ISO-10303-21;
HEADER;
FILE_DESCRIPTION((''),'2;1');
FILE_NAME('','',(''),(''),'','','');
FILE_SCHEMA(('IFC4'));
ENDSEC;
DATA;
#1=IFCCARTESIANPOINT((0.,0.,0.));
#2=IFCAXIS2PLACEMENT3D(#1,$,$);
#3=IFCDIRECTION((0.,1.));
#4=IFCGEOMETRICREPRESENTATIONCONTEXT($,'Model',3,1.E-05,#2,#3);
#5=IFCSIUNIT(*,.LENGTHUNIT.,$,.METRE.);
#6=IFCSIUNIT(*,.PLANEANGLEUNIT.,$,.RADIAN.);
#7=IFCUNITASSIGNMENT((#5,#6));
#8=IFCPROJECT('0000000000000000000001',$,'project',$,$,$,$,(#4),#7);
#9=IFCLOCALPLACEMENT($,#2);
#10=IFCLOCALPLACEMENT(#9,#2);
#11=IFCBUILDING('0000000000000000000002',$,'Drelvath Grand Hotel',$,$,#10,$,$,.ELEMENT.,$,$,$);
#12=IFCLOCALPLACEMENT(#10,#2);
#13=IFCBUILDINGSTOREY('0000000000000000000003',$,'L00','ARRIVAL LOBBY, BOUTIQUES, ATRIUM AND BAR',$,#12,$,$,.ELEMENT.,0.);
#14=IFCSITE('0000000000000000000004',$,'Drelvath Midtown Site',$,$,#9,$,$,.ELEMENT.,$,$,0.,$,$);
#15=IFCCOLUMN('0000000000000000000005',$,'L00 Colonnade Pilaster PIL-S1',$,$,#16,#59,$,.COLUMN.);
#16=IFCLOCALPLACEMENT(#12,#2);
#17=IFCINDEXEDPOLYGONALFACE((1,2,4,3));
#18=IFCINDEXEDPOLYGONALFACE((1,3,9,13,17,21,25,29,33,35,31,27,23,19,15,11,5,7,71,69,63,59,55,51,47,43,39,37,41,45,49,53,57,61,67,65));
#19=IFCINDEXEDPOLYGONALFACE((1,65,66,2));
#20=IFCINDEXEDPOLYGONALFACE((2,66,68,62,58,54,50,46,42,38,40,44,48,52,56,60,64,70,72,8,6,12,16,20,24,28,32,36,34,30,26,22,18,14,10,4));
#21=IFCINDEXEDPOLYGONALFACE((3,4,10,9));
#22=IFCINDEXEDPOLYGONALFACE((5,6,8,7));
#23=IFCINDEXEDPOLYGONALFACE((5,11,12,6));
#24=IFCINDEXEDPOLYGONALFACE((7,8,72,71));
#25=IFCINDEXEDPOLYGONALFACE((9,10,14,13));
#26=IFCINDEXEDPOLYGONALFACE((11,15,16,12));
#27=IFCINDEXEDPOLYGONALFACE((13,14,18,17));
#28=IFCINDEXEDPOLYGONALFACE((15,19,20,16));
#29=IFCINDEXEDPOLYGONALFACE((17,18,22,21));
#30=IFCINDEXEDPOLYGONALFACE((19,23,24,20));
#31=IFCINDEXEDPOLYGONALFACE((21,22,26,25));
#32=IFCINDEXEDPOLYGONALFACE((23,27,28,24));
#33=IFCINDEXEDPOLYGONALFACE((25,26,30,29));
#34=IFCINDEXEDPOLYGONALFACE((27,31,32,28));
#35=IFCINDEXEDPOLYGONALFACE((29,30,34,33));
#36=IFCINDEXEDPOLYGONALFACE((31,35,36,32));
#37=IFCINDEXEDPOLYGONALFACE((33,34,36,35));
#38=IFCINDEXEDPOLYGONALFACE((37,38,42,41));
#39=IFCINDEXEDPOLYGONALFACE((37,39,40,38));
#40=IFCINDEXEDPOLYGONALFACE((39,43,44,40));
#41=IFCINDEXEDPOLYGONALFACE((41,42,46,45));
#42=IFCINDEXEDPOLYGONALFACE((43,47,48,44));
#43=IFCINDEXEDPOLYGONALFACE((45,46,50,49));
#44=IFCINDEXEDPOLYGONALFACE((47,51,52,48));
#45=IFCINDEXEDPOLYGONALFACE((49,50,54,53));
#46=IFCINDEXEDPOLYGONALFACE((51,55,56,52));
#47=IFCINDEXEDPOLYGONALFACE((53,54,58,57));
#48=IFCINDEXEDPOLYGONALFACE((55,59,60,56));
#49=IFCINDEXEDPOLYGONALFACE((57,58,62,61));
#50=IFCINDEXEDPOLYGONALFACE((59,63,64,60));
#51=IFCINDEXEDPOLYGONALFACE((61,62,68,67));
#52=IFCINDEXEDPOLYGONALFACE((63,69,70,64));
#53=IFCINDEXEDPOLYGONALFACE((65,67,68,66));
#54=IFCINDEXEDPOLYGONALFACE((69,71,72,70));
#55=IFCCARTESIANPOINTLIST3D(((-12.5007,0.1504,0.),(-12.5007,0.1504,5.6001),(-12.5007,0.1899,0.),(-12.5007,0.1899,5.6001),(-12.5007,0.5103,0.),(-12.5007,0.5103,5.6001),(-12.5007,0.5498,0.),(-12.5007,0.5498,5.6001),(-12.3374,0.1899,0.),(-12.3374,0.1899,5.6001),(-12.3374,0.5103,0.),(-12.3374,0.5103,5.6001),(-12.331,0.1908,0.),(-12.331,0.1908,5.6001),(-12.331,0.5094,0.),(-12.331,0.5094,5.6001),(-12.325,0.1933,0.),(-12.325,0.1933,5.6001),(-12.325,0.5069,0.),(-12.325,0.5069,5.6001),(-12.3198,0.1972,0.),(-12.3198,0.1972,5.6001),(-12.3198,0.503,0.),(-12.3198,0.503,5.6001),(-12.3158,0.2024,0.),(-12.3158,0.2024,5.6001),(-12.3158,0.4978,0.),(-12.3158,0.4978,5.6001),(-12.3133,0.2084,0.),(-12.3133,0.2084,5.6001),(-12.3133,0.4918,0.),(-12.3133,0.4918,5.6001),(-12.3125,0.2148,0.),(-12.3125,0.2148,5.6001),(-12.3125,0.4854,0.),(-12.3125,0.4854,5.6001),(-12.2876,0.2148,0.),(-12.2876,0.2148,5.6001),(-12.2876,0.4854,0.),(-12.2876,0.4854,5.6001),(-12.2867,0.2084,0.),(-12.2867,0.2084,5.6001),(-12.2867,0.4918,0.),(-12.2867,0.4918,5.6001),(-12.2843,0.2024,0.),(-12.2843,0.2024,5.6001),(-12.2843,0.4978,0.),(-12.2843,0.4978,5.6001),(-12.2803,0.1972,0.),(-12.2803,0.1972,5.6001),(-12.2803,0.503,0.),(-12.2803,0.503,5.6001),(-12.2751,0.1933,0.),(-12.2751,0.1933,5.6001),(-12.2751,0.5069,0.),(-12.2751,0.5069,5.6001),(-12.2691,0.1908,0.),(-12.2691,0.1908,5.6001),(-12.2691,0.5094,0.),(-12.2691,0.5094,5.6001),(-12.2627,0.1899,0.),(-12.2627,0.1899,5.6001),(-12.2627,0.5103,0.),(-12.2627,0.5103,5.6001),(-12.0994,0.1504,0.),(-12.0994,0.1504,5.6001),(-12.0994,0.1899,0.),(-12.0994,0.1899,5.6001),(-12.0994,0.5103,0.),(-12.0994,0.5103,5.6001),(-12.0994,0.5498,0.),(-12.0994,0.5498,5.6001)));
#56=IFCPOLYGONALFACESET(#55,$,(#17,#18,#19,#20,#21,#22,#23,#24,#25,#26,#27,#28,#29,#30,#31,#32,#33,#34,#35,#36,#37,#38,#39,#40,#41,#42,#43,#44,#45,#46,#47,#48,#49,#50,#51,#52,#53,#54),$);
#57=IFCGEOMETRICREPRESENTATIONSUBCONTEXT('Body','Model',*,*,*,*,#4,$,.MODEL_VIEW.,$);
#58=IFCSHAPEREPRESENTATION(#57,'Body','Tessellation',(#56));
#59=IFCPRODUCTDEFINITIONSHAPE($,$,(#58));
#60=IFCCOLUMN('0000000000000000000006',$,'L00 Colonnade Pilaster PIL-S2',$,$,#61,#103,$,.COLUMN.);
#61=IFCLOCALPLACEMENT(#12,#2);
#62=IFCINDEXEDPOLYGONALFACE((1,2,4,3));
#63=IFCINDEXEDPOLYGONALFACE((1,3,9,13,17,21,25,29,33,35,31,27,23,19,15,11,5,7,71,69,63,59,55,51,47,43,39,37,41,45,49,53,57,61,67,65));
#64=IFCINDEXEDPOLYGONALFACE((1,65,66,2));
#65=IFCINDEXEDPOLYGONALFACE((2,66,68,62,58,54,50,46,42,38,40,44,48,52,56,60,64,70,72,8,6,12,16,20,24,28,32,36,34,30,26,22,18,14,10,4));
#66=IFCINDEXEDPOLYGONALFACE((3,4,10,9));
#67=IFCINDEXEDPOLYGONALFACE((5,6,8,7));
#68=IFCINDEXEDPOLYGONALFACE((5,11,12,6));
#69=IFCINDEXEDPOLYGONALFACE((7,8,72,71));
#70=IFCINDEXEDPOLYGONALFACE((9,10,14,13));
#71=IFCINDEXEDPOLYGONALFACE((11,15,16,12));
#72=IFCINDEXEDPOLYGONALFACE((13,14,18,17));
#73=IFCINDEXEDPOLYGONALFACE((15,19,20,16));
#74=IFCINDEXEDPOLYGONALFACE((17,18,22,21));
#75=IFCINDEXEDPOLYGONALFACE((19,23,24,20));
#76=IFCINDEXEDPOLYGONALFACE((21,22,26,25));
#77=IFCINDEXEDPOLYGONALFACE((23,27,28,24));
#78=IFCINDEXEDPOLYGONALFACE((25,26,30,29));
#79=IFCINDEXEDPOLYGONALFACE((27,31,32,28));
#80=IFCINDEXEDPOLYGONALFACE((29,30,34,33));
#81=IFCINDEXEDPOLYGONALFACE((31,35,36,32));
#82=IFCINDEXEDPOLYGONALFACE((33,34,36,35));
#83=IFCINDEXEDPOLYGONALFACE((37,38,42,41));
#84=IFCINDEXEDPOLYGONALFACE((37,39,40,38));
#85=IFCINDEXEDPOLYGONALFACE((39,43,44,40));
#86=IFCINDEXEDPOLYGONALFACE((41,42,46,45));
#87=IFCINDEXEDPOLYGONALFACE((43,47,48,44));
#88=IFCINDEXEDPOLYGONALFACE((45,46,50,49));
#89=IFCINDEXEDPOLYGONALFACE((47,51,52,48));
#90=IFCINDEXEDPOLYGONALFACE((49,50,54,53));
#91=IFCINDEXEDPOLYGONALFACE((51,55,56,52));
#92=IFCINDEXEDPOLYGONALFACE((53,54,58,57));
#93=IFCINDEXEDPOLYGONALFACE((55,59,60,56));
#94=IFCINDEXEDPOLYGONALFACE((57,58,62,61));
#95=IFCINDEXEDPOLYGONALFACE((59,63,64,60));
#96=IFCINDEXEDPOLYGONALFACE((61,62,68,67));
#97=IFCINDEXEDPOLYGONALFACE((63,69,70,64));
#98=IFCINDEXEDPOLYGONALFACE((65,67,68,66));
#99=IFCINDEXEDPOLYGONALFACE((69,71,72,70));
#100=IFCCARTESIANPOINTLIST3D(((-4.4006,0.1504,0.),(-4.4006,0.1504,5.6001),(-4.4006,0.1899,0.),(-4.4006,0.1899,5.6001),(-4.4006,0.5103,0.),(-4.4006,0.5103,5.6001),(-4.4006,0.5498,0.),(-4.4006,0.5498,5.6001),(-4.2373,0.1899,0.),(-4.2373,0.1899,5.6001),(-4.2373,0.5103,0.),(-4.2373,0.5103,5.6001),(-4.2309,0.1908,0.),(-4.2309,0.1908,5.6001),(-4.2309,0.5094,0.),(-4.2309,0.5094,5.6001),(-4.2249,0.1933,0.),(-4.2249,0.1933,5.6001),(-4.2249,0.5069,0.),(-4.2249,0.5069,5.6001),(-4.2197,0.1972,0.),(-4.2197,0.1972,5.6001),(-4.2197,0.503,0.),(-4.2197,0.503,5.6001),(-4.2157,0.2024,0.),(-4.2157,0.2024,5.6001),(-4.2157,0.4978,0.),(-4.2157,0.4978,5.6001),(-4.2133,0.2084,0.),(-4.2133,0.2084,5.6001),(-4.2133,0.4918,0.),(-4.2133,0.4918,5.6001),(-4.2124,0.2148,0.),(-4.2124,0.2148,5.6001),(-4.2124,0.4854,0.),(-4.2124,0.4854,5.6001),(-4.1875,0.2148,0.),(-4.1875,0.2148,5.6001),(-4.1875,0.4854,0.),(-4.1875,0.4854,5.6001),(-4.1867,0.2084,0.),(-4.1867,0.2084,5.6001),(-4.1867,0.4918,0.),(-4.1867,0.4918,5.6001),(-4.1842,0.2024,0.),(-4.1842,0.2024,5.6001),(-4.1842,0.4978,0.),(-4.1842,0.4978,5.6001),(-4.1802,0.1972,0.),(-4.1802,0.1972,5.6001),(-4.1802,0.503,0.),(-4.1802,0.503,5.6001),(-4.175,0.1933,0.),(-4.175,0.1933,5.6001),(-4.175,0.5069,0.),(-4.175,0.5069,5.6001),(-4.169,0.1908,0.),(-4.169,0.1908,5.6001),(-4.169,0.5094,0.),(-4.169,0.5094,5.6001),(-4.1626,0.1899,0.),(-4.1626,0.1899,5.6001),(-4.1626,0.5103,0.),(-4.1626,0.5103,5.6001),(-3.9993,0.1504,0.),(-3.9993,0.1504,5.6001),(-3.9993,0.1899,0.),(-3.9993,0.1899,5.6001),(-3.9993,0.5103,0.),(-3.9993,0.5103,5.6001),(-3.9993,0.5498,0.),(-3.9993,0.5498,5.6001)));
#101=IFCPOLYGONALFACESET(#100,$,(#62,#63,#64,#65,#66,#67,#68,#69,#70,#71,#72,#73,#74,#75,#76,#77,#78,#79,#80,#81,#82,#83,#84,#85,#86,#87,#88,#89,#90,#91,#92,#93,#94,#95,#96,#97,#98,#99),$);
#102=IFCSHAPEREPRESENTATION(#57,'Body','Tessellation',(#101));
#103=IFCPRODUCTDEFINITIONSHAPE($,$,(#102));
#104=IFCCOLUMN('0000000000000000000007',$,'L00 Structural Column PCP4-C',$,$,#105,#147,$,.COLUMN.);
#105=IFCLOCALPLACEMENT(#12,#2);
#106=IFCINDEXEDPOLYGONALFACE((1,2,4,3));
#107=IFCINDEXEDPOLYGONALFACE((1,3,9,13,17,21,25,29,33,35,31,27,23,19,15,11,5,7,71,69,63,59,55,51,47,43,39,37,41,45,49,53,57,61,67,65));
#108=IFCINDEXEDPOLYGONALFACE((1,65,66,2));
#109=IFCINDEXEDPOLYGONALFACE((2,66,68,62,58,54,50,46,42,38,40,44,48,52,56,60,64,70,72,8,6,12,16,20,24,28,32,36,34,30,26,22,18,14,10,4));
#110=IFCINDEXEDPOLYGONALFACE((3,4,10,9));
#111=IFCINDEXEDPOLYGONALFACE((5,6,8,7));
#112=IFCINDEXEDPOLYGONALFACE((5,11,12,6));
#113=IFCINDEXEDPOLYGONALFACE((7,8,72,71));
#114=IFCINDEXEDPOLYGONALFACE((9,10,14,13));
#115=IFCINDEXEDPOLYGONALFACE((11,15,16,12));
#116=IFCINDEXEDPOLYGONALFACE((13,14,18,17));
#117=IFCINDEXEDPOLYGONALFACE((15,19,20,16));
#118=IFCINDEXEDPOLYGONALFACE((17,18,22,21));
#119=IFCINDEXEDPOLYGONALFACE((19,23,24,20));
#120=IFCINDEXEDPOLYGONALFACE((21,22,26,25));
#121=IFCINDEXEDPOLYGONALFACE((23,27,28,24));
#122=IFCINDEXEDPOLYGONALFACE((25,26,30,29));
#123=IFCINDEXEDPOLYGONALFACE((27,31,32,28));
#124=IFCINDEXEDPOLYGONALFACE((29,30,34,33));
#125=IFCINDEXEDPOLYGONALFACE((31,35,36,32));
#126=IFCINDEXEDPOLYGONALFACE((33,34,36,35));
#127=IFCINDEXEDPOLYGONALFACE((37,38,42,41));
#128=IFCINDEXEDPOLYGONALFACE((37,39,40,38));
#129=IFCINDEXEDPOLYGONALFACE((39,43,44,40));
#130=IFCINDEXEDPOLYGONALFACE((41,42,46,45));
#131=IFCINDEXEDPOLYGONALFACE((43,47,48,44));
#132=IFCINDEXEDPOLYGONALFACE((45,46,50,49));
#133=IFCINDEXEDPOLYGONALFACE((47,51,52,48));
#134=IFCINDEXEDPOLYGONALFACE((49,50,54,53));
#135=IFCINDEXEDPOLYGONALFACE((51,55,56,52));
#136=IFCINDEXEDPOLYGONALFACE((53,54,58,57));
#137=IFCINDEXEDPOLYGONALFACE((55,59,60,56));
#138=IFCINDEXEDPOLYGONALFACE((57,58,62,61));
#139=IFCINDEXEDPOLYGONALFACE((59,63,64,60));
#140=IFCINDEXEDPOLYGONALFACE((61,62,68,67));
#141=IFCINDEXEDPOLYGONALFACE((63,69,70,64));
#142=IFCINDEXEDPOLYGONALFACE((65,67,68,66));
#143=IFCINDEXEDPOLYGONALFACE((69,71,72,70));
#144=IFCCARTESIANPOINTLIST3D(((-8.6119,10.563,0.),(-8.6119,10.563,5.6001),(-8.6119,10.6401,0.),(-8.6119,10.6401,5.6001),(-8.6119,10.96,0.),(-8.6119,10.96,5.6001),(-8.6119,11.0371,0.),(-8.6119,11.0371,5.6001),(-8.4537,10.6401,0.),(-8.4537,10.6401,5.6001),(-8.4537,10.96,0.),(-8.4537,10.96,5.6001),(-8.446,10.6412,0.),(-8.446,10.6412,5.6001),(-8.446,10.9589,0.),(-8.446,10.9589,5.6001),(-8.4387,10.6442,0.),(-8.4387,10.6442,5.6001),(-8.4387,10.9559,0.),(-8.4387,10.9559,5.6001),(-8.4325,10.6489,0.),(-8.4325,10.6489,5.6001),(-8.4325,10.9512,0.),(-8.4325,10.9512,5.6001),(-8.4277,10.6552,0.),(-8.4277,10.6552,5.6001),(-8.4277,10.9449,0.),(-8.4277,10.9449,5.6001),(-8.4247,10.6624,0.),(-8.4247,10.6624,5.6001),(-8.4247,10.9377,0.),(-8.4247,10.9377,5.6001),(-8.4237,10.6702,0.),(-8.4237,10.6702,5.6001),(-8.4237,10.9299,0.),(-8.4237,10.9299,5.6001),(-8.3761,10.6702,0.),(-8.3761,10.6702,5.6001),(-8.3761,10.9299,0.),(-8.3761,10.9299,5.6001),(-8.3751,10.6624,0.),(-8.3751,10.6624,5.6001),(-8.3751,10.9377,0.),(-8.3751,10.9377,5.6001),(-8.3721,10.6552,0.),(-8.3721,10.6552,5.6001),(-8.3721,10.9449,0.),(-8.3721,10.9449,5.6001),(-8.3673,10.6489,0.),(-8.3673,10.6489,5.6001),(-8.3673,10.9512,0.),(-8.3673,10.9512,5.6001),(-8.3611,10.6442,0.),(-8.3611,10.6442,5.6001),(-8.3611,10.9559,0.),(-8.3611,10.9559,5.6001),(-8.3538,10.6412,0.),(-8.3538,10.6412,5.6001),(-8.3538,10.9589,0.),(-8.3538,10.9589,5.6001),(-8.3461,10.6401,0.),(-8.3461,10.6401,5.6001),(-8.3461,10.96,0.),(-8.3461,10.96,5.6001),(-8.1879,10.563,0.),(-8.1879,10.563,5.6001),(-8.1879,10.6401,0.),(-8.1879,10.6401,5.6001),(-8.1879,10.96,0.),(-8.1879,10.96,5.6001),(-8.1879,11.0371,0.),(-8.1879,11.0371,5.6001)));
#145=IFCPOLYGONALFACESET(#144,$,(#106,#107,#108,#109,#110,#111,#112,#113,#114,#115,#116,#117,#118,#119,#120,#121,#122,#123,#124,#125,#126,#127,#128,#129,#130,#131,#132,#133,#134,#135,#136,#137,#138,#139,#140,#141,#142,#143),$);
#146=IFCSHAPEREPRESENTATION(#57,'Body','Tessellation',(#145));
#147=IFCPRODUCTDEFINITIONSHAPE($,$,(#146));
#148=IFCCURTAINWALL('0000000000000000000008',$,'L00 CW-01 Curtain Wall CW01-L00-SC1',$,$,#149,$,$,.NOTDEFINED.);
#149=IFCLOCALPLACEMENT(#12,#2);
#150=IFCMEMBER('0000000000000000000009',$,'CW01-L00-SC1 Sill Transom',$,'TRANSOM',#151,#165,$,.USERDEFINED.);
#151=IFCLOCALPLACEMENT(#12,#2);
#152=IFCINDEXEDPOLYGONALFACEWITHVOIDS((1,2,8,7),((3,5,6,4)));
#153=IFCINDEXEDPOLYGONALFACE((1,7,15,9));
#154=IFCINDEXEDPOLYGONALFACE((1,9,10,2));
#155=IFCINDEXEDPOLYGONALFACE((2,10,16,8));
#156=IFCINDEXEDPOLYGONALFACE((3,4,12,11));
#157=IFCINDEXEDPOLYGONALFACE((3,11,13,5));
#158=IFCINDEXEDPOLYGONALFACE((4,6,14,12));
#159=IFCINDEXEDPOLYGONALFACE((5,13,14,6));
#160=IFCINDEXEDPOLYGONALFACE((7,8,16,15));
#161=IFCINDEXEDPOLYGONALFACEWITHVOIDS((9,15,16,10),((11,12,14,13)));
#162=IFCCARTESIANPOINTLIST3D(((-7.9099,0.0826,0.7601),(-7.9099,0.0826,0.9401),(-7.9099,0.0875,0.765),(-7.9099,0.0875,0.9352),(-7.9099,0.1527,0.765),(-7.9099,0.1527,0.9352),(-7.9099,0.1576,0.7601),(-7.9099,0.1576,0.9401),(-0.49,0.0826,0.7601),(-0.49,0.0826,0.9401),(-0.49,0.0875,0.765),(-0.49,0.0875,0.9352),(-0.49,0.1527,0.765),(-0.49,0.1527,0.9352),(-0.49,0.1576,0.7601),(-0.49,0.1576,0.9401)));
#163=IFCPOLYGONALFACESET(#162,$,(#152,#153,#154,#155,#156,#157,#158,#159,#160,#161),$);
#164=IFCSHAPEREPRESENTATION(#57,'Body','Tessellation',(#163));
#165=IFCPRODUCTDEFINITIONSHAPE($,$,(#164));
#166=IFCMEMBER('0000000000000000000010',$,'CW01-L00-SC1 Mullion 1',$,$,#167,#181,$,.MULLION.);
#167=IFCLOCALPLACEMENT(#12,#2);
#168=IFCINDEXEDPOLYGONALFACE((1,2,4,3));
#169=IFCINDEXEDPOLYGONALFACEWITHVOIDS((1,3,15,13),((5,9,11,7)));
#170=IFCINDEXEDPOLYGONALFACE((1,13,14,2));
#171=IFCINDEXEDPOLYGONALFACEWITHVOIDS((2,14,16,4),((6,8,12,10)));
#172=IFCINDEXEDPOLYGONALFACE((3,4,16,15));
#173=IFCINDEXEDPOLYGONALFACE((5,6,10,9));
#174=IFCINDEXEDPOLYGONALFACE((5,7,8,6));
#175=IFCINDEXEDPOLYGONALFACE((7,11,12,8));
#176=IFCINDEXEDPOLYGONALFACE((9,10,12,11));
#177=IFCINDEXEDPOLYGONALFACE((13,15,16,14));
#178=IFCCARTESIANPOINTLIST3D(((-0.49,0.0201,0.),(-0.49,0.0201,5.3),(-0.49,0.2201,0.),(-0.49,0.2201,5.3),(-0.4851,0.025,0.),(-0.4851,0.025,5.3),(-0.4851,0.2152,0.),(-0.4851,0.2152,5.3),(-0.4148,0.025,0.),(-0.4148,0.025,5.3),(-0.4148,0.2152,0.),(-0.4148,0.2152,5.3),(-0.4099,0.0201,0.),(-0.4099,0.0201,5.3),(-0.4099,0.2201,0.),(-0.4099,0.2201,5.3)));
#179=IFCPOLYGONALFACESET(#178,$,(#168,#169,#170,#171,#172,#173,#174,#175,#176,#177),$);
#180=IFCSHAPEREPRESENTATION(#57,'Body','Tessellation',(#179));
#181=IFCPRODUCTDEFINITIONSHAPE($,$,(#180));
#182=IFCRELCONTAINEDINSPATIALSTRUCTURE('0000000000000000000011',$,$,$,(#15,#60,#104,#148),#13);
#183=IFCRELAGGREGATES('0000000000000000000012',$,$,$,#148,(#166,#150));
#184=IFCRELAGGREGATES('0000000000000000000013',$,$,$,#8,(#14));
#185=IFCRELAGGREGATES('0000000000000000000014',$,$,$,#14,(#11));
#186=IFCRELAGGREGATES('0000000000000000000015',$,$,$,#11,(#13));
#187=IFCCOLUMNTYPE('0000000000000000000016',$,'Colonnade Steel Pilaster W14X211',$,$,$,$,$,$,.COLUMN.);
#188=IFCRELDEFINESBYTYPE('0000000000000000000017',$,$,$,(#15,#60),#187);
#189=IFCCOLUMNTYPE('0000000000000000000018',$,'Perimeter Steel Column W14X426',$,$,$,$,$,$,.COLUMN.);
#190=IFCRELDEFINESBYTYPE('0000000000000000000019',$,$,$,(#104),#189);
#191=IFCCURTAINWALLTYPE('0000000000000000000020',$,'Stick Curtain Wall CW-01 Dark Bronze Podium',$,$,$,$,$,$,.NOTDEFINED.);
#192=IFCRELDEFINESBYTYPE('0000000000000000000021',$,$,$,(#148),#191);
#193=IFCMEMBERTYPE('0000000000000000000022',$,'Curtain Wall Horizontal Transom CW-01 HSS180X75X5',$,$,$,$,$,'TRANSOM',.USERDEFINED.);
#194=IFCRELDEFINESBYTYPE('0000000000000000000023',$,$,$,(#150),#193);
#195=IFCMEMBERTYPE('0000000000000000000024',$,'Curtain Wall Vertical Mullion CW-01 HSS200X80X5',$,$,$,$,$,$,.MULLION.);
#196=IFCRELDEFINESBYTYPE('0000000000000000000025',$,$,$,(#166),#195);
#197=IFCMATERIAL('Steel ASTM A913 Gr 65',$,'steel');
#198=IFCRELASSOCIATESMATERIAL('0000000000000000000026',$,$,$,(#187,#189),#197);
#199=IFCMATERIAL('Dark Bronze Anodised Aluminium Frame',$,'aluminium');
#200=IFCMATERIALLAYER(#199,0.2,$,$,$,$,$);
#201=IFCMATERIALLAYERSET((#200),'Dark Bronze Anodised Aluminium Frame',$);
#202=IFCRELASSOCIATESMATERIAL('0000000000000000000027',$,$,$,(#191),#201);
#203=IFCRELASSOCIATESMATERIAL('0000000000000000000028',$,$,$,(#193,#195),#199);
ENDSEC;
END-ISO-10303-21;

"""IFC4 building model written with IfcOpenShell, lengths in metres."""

from ifc_helpers import new_model, si_unit, direction, frame, origin, origin_2d, place, context, subcontext, project, spatial, hollow_rectangle, i_section, extrude, material, layer, layer_set, material_profile, profile_set, type_object, element, aggregate, save


model = new_model("IFC4")

# Units and contexts
model_context = context("Model", 3, precision=1e-05, world=origin(), true_north=direction((0.0, 1.0)))
body_context = subcontext(model_context, "Body", "Model", "MODEL_VIEW")
ifc_project = project(units=[si_unit("LENGTHUNIT", "METRE"), si_unit("PLANEANGLEUNIT", "RADIAN")], contexts=[model_context])

# Site, building, storey
site_placement = place(None, origin())
site = spatial("IfcSite", under=ifc_project, at=site_placement, Name="Drelvath Midtown Site", CompositionType="ELEMENT", RefElevation=0.0)
building_placement = place(site_placement, origin())
building = spatial("IfcBuilding", under=site, at=building_placement, Name="Drelvath Grand Hotel", CompositionType="ELEMENT")
storey_placement = place(building_placement, origin())
storey = spatial("IfcBuildingStorey", under=building, at=storey_placement, Name="L00", Description="ARRIVAL LOBBY, BOUTIQUES, ATRIUM AND BAR", CompositionType="ELEMENT", Elevation=0.0)

# Columns
ifc_material_1 = material(Name="Steel ASTM A913 Gr 65", Category="steel")
ifc_material_profile_1 = material_profile(ifc_material_1, i_section(OverallWidth=0.4014, OverallDepth=0.3994, WebThickness=0.0249, FlangeThickness=0.0396, FilletRadius=0.0249, at=origin_2d()), Name="W14X211")
ifc_profile_set_1 = profile_set([ifc_material_profile_1], Name="Steel ASTM A913 Gr 65")
column_type_1 = type_object("IfcColumnType", Name="Colonnade Steel Pilaster W14X211", PredefinedType="COLUMN", material=ifc_profile_set_1)
for number, where, z_axis, x_axis, name in (
    (1, (-12.3, 0.3501, 0.0), (0.0, 0.0, 1.0), (1.0, 0.0, 0.0), "L00 Colonnade Pilaster PIL-S1"),
    (2, (-4.2, 0.3501, 0.0), (0.0, 0.0, 1.0), (1.0, 0.0, 0.0), "L00 Colonnade Pilaster PIL-S2"),
):
    element("IfcColumn", number, at=place(storey_placement, frame(where, z_axis=z_axis, x_axis=x_axis)), inside=storey, type_object=column_type_1, Name=name, PredefinedType="COLUMN", context=body_context, shape_type="SweptSolid", body=[
        extrude(i_section(OverallWidth=0.4014, OverallDepth=0.3994, WebThickness=0.0249, FlangeThickness=0.0396, FilletRadius=0.0249, at=origin_2d()), origin(), (0.0, 0.0, 1.0), 5.6001),
    ])
ifc_material_profile_2 = material_profile(ifc_material_1, i_section(OverallWidth=0.4241, OverallDepth=0.4741, WebThickness=0.0476, FlangeThickness=0.0771, FilletRadius=0.03, at=origin_2d()), Name="W14X426")
ifc_profile_set_2 = profile_set([ifc_material_profile_2], Name="Steel ASTM A913 Gr 65")
column_type_2 = type_object("IfcColumnType", Name="Perimeter Steel Column W14X426", PredefinedType="COLUMN", material=ifc_profile_set_2)
column_placement = place(storey_placement, frame((-8.3999, 10.8, 0.0), z_axis=(0.0, 0.0, 1.0), x_axis=(1.0, 0.0, 0.0)))
element("IfcColumn", 3, at=column_placement, inside=storey, type_object=column_type_2, Name="L00 Structural Column PCP4-C", PredefinedType="COLUMN", context=body_context, shape_type="SweptSolid", body=[
    extrude(i_section(OverallWidth=0.4241, OverallDepth=0.4741, WebThickness=0.0476, FlangeThickness=0.0771, FilletRadius=0.03, at=origin_2d()), origin(), (0.0, 0.0, 1.0), 5.6001),
])

# Curtain wall, members
ifc_material_2 = material(Name="Dark Bronze Anodised Aluminium Frame", Category="aluminium")
ifc_layer_1 = layer(ifc_material_2, 0.2)
ifc_layer_set_1 = layer_set([ifc_layer_1], Name="Dark Bronze Anodised Aluminium Frame")
curtain_wall_type = type_object("IfcCurtainWallType", Name="Stick Curtain Wall CW-01 Dark Bronze Podium", PredefinedType="NOTDEFINED", material=ifc_layer_set_1)
curtain_wall_placement = place(storey_placement, origin())
curtain_wall = element("IfcCurtainWall", 4, at=curtain_wall_placement, inside=storey, type_object=curtain_wall_type, Name="L00 CW-01 Curtain Wall CW01-L00-SC1", PredefinedType="NOTDEFINED")
ifc_material_profile_3 = material_profile(ifc_material_2, hollow_rectangle(XDim=0.075, YDim=0.1799, WallThickness=0.0049, at=origin_2d()), Name="HSS180X75X5")
ifc_profile_set_3 = profile_set([ifc_material_profile_3], Name="Dark Bronze Anodised Aluminium Frame")
member_type_1 = type_object("IfcMemberType", Name="Curtain Wall Horizontal Transom CW-01 HSS180X75X5", ElementType="TRANSOM", PredefinedType="USERDEFINED", material=ifc_profile_set_3)
member_1_placement = place(storey_placement, frame((-0.49, 0.1201, 0.8501), z_axis=(-1.0, 0.0, 0.0), x_axis=(0.0, -1.0, 0.0)))
member_1 = element("IfcMember", 5, at=member_1_placement, type_object=member_type_1, Name="CW01-L00-SC1 Sill Transom", ObjectType="TRANSOM", PredefinedType="USERDEFINED", context=body_context, shape_type="SweptSolid", body=[
    extrude(hollow_rectangle(XDim=0.075, YDim=0.1799, WallThickness=0.0049, at=origin_2d()), origin(), (0.0, 0.0, 1.0), 7.4199),
])
ifc_material_profile_4 = material_profile(ifc_material_2, hollow_rectangle(XDim=0.0801, YDim=0.2, WallThickness=0.0049, at=origin_2d()), Name="HSS200X80X5")
ifc_profile_set_4 = profile_set([ifc_material_profile_4], Name="Dark Bronze Anodised Aluminium Frame")
member_type_2 = type_object("IfcMemberType", Name="Curtain Wall Vertical Mullion CW-01 HSS200X80X5", PredefinedType="MULLION", material=ifc_profile_set_4)
member_2_placement = place(storey_placement, frame((-0.45, 0.1201, 0.0), z_axis=(0.0, 0.0, 1.0), x_axis=(1.0, 0.0, 0.0)))
member_2 = element("IfcMember", 6, at=member_2_placement, type_object=member_type_2, Name="CW01-L00-SC1 Mullion 1", PredefinedType="MULLION", context=body_context, shape_type="SweptSolid", body=[
    extrude(hollow_rectangle(XDim=0.0801, YDim=0.2, WallThickness=0.0049, at=origin_2d()), origin(), (0.0, 0.0, 1.0), 5.3),
])

aggregate(curtain_wall, [member_2, member_1])

save(model, "model.ifc")
